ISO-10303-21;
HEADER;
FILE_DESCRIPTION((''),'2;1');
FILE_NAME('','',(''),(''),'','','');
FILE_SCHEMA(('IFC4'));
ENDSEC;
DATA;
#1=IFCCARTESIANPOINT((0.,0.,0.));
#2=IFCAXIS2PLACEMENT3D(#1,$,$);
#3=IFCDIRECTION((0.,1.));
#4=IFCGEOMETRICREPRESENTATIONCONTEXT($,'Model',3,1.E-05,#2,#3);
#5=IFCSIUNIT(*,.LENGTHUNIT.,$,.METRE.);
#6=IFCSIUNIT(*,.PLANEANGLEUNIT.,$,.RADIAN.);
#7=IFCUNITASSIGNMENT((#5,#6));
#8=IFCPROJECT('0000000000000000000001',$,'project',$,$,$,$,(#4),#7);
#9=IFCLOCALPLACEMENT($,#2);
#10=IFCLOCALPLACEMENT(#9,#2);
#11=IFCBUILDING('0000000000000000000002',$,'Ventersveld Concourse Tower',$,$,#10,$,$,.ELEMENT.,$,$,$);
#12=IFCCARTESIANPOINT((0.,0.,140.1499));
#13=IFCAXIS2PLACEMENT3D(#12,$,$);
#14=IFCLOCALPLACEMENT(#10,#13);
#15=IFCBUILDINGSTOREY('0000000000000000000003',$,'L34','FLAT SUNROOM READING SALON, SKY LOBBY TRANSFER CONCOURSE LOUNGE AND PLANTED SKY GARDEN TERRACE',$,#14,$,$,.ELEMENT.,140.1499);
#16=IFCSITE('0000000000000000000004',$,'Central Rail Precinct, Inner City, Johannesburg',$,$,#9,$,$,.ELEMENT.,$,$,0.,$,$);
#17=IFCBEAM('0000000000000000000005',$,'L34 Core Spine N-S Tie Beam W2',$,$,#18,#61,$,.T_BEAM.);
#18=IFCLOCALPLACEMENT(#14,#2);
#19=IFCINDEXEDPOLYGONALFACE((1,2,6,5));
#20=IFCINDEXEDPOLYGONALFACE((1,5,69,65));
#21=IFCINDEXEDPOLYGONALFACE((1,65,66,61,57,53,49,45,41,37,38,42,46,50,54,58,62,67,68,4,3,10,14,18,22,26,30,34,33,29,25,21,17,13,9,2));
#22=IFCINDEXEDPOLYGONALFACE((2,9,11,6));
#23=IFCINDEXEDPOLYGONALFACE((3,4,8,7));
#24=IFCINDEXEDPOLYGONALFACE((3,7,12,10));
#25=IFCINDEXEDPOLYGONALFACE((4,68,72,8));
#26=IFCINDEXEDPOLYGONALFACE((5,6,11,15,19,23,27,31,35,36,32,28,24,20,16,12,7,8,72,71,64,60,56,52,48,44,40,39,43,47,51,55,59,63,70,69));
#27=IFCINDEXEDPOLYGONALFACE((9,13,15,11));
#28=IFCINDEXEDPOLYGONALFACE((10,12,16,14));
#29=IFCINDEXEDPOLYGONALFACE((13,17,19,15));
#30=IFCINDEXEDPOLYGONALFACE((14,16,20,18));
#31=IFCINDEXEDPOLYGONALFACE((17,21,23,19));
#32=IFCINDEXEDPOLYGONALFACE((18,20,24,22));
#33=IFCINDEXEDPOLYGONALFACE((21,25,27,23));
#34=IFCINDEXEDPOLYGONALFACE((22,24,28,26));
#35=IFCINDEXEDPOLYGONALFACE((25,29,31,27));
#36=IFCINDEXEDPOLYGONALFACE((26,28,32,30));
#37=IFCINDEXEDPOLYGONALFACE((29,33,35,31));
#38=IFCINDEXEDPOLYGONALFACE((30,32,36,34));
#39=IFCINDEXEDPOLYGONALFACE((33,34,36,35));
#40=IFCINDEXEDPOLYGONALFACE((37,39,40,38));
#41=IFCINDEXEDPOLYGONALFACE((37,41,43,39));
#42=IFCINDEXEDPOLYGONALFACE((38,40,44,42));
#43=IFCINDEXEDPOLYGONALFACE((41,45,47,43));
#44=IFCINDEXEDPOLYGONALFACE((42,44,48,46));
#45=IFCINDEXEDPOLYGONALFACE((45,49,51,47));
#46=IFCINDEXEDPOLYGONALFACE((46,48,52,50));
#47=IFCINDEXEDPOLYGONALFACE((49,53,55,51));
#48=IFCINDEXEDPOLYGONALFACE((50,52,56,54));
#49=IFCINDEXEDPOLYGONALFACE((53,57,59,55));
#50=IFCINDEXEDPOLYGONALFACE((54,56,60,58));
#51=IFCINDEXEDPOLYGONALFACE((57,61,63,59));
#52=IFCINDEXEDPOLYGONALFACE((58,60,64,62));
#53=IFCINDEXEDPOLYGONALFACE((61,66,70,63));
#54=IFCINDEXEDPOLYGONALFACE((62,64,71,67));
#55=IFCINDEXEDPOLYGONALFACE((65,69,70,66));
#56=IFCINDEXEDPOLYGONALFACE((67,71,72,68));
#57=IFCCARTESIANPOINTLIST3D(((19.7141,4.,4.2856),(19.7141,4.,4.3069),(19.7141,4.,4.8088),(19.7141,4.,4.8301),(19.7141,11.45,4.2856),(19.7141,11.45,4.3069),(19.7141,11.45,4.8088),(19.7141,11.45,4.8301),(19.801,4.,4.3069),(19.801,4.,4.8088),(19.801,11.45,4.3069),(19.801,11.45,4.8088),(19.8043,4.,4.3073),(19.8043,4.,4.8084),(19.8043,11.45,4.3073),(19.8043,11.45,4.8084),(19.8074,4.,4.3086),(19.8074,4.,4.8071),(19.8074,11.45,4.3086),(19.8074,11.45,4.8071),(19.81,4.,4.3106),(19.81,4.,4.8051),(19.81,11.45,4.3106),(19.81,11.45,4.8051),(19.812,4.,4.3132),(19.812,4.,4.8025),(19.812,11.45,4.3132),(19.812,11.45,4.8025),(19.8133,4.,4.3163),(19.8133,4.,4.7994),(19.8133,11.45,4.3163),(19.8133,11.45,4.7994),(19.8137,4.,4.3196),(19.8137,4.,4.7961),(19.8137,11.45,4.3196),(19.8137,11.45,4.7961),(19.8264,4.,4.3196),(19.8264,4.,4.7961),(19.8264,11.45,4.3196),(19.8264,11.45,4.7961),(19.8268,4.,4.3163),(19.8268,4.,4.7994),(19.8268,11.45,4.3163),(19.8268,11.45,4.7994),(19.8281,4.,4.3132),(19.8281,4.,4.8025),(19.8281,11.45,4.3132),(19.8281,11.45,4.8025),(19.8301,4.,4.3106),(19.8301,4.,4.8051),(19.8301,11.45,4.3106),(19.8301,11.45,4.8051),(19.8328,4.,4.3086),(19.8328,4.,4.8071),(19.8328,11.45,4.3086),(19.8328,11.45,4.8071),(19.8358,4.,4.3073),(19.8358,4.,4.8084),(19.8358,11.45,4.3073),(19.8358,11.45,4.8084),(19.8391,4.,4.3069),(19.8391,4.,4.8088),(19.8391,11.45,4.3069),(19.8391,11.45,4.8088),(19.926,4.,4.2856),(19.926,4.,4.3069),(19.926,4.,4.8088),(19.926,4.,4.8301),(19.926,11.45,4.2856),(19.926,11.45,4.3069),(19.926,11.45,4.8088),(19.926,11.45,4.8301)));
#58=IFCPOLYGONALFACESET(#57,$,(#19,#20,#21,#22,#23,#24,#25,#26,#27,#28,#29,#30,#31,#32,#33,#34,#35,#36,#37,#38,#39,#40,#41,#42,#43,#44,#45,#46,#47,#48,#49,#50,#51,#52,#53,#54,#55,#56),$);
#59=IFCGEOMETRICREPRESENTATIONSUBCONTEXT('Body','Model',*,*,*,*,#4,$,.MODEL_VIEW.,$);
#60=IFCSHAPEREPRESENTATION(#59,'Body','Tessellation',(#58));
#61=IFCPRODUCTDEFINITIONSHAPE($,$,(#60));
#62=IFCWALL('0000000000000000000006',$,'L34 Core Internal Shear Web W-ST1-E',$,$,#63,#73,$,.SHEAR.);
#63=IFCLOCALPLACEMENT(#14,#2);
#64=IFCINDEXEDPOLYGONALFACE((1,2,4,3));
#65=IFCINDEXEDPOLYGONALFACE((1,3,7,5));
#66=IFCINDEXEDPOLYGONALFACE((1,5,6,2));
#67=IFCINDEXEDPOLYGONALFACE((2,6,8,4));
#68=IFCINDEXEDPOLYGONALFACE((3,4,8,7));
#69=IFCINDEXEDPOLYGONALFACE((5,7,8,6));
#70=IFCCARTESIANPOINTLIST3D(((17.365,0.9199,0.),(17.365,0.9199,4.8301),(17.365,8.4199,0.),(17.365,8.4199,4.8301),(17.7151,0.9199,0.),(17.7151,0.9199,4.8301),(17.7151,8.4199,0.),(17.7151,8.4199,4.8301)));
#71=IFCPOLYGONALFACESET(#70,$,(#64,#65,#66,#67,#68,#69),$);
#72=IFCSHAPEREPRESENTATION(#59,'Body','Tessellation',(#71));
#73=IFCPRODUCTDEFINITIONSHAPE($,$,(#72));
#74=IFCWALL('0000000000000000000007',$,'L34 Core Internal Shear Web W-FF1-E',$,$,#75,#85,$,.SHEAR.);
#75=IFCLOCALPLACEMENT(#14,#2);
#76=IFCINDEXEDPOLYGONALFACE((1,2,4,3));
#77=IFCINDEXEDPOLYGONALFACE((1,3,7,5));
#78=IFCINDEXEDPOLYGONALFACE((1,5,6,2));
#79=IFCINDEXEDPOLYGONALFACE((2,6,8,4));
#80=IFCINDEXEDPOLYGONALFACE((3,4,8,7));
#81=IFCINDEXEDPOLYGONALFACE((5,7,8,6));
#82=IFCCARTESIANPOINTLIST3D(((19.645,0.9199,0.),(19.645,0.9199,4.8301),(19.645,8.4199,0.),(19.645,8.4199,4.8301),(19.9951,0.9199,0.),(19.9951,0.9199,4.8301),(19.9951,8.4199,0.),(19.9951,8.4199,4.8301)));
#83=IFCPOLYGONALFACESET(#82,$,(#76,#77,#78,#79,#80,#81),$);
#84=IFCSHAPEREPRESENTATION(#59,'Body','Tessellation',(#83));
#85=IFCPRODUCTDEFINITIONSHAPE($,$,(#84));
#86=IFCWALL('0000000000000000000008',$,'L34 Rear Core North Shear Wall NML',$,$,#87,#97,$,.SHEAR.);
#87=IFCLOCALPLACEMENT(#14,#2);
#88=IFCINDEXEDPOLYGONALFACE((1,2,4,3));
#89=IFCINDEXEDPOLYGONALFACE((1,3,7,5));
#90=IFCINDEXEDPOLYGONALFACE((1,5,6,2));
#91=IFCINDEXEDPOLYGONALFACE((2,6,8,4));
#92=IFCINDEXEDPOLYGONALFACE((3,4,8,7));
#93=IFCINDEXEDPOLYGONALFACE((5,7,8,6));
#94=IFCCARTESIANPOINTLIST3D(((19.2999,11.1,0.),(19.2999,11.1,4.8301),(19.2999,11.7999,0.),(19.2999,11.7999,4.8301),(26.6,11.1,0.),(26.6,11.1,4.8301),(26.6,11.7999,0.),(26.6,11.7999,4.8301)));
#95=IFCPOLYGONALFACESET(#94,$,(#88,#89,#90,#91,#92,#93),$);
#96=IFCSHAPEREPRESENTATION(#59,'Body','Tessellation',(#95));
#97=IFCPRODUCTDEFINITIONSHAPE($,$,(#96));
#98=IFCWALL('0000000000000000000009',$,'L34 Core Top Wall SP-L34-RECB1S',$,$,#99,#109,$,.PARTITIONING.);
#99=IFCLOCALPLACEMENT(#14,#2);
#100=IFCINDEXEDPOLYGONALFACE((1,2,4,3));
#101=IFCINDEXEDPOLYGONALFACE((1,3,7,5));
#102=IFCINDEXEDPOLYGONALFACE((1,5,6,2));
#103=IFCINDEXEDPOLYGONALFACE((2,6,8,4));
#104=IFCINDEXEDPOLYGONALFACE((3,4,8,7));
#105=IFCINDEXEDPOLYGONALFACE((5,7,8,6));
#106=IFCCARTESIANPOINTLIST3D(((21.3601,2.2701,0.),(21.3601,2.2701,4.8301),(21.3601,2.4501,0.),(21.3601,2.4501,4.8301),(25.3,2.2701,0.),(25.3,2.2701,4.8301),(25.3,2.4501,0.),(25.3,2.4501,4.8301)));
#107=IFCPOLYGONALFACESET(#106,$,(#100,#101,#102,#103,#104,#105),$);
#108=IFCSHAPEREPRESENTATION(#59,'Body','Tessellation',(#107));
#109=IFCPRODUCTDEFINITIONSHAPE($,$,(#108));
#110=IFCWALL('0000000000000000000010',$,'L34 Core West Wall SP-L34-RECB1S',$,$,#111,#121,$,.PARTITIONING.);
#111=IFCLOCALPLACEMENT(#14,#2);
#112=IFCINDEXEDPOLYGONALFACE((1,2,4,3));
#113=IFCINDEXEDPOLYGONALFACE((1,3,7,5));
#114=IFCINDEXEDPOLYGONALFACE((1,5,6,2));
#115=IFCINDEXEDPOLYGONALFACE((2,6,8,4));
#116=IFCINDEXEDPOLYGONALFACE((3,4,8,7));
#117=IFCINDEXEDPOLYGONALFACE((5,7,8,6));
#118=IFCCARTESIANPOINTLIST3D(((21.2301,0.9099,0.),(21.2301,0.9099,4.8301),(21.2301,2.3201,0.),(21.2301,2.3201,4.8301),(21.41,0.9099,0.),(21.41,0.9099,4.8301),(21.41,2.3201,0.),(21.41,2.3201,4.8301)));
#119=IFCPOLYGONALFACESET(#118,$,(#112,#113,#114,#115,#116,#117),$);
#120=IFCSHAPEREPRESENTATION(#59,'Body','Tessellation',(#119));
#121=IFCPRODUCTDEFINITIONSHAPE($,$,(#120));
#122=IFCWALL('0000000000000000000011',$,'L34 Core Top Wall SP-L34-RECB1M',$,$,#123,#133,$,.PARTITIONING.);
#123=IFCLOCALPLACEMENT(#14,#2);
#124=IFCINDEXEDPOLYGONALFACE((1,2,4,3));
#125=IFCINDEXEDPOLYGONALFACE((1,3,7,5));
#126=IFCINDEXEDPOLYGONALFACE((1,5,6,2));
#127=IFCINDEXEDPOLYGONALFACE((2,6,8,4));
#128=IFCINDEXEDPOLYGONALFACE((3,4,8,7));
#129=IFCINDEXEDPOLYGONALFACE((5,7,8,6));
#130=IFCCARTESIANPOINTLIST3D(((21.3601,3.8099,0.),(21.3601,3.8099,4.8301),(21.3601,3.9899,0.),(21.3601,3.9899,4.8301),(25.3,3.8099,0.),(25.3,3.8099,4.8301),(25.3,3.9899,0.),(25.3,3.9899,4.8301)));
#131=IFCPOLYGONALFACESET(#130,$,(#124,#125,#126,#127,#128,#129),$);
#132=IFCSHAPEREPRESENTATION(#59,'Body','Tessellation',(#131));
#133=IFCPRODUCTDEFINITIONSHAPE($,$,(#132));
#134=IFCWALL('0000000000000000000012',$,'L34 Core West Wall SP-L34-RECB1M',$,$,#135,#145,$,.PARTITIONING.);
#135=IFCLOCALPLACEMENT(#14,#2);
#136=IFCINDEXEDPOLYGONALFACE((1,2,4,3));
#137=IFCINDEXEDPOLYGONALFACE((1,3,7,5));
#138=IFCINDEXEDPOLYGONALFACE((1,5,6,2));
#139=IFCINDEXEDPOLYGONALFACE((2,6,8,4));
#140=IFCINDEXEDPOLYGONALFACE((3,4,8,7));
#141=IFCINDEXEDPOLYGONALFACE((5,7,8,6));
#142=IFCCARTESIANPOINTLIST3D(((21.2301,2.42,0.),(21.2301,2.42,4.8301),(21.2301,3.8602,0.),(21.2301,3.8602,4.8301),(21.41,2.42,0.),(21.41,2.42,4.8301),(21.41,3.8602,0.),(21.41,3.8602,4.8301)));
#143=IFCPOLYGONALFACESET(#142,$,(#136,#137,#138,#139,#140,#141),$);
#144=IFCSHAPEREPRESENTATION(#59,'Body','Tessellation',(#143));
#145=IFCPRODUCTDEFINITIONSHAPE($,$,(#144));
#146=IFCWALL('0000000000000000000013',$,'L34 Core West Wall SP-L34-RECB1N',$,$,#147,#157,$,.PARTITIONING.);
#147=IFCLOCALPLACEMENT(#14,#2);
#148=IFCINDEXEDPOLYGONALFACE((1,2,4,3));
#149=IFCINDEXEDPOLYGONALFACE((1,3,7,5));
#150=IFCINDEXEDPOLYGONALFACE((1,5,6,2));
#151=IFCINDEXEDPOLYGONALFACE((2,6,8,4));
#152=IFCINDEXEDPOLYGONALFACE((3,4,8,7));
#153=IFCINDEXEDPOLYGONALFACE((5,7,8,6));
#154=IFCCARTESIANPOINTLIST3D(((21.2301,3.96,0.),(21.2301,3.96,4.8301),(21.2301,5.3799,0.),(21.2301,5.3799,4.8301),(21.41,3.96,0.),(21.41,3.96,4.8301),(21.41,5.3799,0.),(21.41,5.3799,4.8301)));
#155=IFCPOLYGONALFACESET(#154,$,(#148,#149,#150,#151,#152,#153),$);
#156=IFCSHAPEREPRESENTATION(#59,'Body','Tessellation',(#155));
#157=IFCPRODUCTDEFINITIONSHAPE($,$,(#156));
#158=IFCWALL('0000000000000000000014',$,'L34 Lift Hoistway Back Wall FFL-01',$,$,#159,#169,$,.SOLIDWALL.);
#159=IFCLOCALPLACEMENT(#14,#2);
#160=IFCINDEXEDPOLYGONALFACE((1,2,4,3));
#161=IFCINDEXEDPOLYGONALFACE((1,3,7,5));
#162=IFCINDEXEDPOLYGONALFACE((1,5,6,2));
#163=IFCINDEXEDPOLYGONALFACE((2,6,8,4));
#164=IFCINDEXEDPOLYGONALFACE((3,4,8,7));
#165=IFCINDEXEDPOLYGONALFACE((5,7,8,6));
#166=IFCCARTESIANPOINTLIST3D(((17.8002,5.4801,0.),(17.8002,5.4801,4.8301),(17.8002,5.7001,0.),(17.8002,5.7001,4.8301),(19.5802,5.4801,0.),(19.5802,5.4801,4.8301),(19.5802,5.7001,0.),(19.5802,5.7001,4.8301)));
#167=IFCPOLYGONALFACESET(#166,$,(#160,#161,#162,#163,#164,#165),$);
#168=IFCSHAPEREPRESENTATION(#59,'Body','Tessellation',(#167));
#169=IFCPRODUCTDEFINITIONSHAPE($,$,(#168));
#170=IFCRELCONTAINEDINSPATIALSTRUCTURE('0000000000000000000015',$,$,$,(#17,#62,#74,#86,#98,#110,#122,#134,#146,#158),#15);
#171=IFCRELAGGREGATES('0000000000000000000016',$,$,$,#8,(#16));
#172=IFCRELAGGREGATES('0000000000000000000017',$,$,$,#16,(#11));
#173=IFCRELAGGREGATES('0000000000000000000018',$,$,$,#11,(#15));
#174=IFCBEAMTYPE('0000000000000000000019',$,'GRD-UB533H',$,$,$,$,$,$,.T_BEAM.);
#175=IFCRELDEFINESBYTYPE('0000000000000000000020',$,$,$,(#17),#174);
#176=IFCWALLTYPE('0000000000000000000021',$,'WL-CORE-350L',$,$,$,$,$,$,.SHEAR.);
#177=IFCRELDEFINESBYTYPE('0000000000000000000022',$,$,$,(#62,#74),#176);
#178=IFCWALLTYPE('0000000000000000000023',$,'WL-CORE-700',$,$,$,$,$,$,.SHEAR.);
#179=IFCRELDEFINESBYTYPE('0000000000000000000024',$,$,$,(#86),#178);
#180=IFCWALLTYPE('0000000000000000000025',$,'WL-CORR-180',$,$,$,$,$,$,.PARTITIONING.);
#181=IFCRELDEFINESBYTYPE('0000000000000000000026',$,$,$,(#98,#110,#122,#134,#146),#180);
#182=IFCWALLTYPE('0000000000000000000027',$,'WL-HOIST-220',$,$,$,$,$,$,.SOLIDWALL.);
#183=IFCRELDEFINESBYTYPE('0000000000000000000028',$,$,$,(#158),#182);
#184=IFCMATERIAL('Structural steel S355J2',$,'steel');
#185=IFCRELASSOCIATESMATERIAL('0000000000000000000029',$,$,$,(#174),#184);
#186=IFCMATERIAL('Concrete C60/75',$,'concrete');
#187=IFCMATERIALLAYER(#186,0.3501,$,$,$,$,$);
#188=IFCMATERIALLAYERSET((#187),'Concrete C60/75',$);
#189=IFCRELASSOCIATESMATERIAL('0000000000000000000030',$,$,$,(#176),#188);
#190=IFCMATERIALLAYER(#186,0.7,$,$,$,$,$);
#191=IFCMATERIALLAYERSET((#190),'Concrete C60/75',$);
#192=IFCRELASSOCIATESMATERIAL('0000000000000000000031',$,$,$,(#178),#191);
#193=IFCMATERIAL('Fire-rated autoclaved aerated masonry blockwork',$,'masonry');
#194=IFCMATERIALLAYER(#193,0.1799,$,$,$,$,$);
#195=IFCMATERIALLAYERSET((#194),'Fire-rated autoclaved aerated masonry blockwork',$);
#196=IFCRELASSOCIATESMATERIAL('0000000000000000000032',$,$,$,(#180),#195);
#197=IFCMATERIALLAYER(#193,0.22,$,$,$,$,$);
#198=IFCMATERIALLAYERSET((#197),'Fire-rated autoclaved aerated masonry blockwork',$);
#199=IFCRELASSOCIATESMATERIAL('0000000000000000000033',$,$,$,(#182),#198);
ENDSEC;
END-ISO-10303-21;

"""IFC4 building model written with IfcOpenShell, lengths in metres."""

from ifc_helpers import new_model, si_unit, direction, frame, frame_2d, origin, origin_2d, place, context, subcontext, project, spatial, rectangle, i_section, extrude, material, layer, layer_set, material_profile, profile_set, type_object, element, save


model = new_model("IFC4")

# Units and contexts
model_context = context("Model", 3, precision=1e-05, world=origin(), true_north=direction((0.0, 1.0)))
body_context = subcontext(model_context, "Body", "Model", "MODEL_VIEW")
ifc_project = project(units=[si_unit("LENGTHUNIT", "METRE"), si_unit("PLANEANGLEUNIT", "RADIAN")], contexts=[model_context])

# Site, building, storey
site_placement = place(None, origin())
site = spatial("IfcSite", under=ifc_project, at=site_placement, Name="Central Rail Precinct, Inner City, Johannesburg", CompositionType="ELEMENT", RefElevation=0.0)
building_placement = place(site_placement, origin())
building = spatial("IfcBuilding", under=site, at=building_placement, Name="Ventersveld Concourse Tower", CompositionType="ELEMENT")
storey_placement = place(building_placement, frame((0.0, 0.0, 140.1499)))
storey = spatial("IfcBuildingStorey", under=building, at=storey_placement, Name="L34", Description="FLAT SUNROOM READING SALON, SKY LOBBY TRANSFER CONCOURSE LOUNGE AND PLANTED SKY GARDEN TERRACE", CompositionType="ELEMENT", Elevation=140.1499)

# Beam
ifc_material_1 = material(Name="Structural steel S355J2", Category="steel")
ifc_material_profile_1 = material_profile(ifc_material_1, i_section(OverallWidth=0.2119, OverallDepth=0.5444, WebThickness=0.0127, FlangeThickness=0.0212, FilletRadius=0.0127, at=origin_2d()), Name="UB 533x210x122")
ifc_profile_set_1 = profile_set([ifc_material_profile_1], Name="Structural steel S355J2")
beam_type_1 = type_object("IfcBeamType", Name="GRD-UB533H", PredefinedType="T_BEAM", material=ifc_profile_set_1)
beam_1_placement = place(storey_placement, frame((19.8201, 4.0, 4.5579), z_axis=(0.0, 1.0, 0.0), x_axis=(-1.0, 0.0, 0.0)))
element("IfcBeam", 1, at=beam_1_placement, inside=storey, type_object=beam_type_1, Name="L34 Core Spine N-S Tie Beam W2", PredefinedType="T_BEAM", context=body_context, shape_type="SweptSolid", body=[
    extrude(i_section(OverallWidth=0.2119, OverallDepth=0.5444, WebThickness=0.0127, FlangeThickness=0.0212, FilletRadius=0.0127, at=origin_2d()), origin(), (0.0, 0.0, 1.0), 7.45),
])

# Walls
ifc_material_2 = material(Name="Concrete C60/75", Category="concrete")
ifc_layer_1 = layer(ifc_material_2, 0.3501)
ifc_layer_set_1 = layer_set([ifc_layer_1], Name="Concrete C60/75")
wall_type_1 = type_object("IfcWallType", Name="WL-CORE-350L", PredefinedType="SHEAR", material=ifc_layer_set_1)
for number, where, z_axis, x_axis, name in (
    (2, (17.54, 0.9199, 0.0), (0.0, 0.0, 1.0), (0.0, 1.0, 0.0), "L34 Core Internal Shear Web W-ST1-E"),
    (3, (19.8201, 0.9199, 0.0), (0.0, 0.0, 1.0), (0.0, 1.0, 0.0), "L34 Core Internal Shear Web W-FF1-E"),
):
    element("IfcWall", number, at=place(storey_placement, frame(where, z_axis=z_axis, x_axis=x_axis)), inside=storey, type_object=wall_type_1, Name=name, PredefinedType="SHEAR", context=body_context, shape_type="SweptSolid", body=[
        extrude(rectangle(XDim=7.5, YDim=0.3501, at=frame_2d((3.75, 0.0))), origin(), (0.0, 0.0, 1.0), 4.8301),
    ])
ifc_layer_2 = layer(ifc_material_2, 0.7)
ifc_layer_set_2 = layer_set([ifc_layer_2], Name="Concrete C60/75")
wall_type_2 = type_object("IfcWallType", Name="WL-CORE-700", PredefinedType="SHEAR", material=ifc_layer_set_2)
wall_1_placement = place(storey_placement, frame((19.3, 11.45, 0.0), z_axis=(0.0, 0.0, 1.0), x_axis=(1.0, 0.0, 0.0)))
element("IfcWall", 4, at=wall_1_placement, inside=storey, type_object=wall_type_2, Name="L34 Rear Core North Shear Wall NML", PredefinedType="SHEAR", context=body_context, shape_type="SweptSolid", body=[
    extrude(rectangle(XDim=7.3, YDim=0.7, at=frame_2d((3.6499, 0.0))), origin(), (0.0, 0.0, 1.0), 4.8301),
])
ifc_material_3 = material(Name="Fire-rated autoclaved aerated masonry blockwork", Category="masonry")
ifc_layer_3 = layer(ifc_material_3, 0.1799)
ifc_layer_set_3 = layer_set([ifc_layer_3], Name="Fire-rated autoclaved aerated masonry blockwork")
wall_type_3 = type_object("IfcWallType", Name="WL-CORR-180", PredefinedType="PARTITIONING", material=ifc_layer_set_3)
wall_2_placement = place(storey_placement, frame((21.3601, 2.3601, 0.0), z_axis=(0.0, 0.0, 1.0), x_axis=(1.0, 0.0, 0.0)))
element("IfcWall", 5, at=wall_2_placement, inside=storey, type_object=wall_type_3, Name="L34 Core Top Wall SP-L34-RECB1S", PredefinedType="PARTITIONING", context=body_context, shape_type="SweptSolid", body=[
    extrude(rectangle(XDim=3.9399, YDim=0.1799, at=frame_2d((1.97, 0.0))), origin(), (0.0, 0.0, 1.0), 4.8301),
])
wall_3_placement = place(storey_placement, frame((21.3201, 0.9099, 0.0), z_axis=(0.0, 0.0, 1.0), x_axis=(0.0, 1.0, 0.0)))
element("IfcWall", 6, at=wall_3_placement, inside=storey, type_object=wall_type_3, Name="L34 Core West Wall SP-L34-RECB1S", PredefinedType="PARTITIONING", context=body_context, shape_type="SweptSolid", body=[
    extrude(rectangle(XDim=1.4102, YDim=0.1799, at=frame_2d((0.7051, 0.0))), origin(), (0.0, 0.0, 1.0), 4.8301),
])
wall_4_placement = place(storey_placement, frame((21.3601, 3.8999, 0.0), z_axis=(0.0, 0.0, 1.0), x_axis=(1.0, 0.0, 0.0)))
element("IfcWall", 7, at=wall_4_placement, inside=storey, type_object=wall_type_3, Name="L34 Core Top Wall SP-L34-RECB1M", PredefinedType="PARTITIONING", context=body_context, shape_type="SweptSolid", body=[
    extrude(rectangle(XDim=3.9399, YDim=0.1799, at=frame_2d((1.97, 0.0))), origin(), (0.0, 0.0, 1.0), 4.8301),
])
wall_5_placement = place(storey_placement, frame((21.3201, 2.4199, 0.0), z_axis=(0.0, 0.0, 1.0), x_axis=(0.0, 1.0, 0.0)))
element("IfcWall", 8, at=wall_5_placement, inside=storey, type_object=wall_type_3, Name="L34 Core West Wall SP-L34-RECB1M", PredefinedType="PARTITIONING", context=body_context, shape_type="SweptSolid", body=[
    extrude(rectangle(XDim=1.4402, YDim=0.1799, at=frame_2d((0.7202, 0.0))), origin(), (0.0, 0.0, 1.0), 4.8301),
])
wall_6_placement = place(storey_placement, frame((21.3201, 3.96, 0.0), z_axis=(0.0, 0.0, 1.0), x_axis=(0.0, 1.0, 0.0)))
element("IfcWall", 9, at=wall_6_placement, inside=storey, type_object=wall_type_3, Name="L34 Core West Wall SP-L34-RECB1N", PredefinedType="PARTITIONING", context=body_context, shape_type="SweptSolid", body=[
    extrude(rectangle(XDim=1.4199, YDim=0.1799, at=frame_2d((0.71, 0.0))), origin(), (0.0, 0.0, 1.0), 4.8301),
])
ifc_layer_4 = layer(ifc_material_3, 0.22)
ifc_layer_set_4 = layer_set([ifc_layer_4], Name="Fire-rated autoclaved aerated masonry blockwork")
wall_type_4 = type_object("IfcWallType", Name="WL-HOIST-220", PredefinedType="SOLIDWALL", material=ifc_layer_set_4)
wall_7_placement = place(storey_placement, frame((17.8, 5.5901, 0.0), z_axis=(0.0, 0.0, 1.0), x_axis=(1.0, 0.0, 0.0)))
element("IfcWall", 10, at=wall_7_placement, inside=storey, type_object=wall_type_4, Name="L34 Lift Hoistway Back Wall FFL-01", PredefinedType="SOLIDWALL", context=body_context, shape_type="SweptSolid", body=[
    extrude(rectangle(XDim=1.78, YDim=0.22, at=frame_2d((0.8901, 0.0))), origin(), (0.0, 0.0, 1.0), 4.8301),
])

save(model, "model.ifc")
